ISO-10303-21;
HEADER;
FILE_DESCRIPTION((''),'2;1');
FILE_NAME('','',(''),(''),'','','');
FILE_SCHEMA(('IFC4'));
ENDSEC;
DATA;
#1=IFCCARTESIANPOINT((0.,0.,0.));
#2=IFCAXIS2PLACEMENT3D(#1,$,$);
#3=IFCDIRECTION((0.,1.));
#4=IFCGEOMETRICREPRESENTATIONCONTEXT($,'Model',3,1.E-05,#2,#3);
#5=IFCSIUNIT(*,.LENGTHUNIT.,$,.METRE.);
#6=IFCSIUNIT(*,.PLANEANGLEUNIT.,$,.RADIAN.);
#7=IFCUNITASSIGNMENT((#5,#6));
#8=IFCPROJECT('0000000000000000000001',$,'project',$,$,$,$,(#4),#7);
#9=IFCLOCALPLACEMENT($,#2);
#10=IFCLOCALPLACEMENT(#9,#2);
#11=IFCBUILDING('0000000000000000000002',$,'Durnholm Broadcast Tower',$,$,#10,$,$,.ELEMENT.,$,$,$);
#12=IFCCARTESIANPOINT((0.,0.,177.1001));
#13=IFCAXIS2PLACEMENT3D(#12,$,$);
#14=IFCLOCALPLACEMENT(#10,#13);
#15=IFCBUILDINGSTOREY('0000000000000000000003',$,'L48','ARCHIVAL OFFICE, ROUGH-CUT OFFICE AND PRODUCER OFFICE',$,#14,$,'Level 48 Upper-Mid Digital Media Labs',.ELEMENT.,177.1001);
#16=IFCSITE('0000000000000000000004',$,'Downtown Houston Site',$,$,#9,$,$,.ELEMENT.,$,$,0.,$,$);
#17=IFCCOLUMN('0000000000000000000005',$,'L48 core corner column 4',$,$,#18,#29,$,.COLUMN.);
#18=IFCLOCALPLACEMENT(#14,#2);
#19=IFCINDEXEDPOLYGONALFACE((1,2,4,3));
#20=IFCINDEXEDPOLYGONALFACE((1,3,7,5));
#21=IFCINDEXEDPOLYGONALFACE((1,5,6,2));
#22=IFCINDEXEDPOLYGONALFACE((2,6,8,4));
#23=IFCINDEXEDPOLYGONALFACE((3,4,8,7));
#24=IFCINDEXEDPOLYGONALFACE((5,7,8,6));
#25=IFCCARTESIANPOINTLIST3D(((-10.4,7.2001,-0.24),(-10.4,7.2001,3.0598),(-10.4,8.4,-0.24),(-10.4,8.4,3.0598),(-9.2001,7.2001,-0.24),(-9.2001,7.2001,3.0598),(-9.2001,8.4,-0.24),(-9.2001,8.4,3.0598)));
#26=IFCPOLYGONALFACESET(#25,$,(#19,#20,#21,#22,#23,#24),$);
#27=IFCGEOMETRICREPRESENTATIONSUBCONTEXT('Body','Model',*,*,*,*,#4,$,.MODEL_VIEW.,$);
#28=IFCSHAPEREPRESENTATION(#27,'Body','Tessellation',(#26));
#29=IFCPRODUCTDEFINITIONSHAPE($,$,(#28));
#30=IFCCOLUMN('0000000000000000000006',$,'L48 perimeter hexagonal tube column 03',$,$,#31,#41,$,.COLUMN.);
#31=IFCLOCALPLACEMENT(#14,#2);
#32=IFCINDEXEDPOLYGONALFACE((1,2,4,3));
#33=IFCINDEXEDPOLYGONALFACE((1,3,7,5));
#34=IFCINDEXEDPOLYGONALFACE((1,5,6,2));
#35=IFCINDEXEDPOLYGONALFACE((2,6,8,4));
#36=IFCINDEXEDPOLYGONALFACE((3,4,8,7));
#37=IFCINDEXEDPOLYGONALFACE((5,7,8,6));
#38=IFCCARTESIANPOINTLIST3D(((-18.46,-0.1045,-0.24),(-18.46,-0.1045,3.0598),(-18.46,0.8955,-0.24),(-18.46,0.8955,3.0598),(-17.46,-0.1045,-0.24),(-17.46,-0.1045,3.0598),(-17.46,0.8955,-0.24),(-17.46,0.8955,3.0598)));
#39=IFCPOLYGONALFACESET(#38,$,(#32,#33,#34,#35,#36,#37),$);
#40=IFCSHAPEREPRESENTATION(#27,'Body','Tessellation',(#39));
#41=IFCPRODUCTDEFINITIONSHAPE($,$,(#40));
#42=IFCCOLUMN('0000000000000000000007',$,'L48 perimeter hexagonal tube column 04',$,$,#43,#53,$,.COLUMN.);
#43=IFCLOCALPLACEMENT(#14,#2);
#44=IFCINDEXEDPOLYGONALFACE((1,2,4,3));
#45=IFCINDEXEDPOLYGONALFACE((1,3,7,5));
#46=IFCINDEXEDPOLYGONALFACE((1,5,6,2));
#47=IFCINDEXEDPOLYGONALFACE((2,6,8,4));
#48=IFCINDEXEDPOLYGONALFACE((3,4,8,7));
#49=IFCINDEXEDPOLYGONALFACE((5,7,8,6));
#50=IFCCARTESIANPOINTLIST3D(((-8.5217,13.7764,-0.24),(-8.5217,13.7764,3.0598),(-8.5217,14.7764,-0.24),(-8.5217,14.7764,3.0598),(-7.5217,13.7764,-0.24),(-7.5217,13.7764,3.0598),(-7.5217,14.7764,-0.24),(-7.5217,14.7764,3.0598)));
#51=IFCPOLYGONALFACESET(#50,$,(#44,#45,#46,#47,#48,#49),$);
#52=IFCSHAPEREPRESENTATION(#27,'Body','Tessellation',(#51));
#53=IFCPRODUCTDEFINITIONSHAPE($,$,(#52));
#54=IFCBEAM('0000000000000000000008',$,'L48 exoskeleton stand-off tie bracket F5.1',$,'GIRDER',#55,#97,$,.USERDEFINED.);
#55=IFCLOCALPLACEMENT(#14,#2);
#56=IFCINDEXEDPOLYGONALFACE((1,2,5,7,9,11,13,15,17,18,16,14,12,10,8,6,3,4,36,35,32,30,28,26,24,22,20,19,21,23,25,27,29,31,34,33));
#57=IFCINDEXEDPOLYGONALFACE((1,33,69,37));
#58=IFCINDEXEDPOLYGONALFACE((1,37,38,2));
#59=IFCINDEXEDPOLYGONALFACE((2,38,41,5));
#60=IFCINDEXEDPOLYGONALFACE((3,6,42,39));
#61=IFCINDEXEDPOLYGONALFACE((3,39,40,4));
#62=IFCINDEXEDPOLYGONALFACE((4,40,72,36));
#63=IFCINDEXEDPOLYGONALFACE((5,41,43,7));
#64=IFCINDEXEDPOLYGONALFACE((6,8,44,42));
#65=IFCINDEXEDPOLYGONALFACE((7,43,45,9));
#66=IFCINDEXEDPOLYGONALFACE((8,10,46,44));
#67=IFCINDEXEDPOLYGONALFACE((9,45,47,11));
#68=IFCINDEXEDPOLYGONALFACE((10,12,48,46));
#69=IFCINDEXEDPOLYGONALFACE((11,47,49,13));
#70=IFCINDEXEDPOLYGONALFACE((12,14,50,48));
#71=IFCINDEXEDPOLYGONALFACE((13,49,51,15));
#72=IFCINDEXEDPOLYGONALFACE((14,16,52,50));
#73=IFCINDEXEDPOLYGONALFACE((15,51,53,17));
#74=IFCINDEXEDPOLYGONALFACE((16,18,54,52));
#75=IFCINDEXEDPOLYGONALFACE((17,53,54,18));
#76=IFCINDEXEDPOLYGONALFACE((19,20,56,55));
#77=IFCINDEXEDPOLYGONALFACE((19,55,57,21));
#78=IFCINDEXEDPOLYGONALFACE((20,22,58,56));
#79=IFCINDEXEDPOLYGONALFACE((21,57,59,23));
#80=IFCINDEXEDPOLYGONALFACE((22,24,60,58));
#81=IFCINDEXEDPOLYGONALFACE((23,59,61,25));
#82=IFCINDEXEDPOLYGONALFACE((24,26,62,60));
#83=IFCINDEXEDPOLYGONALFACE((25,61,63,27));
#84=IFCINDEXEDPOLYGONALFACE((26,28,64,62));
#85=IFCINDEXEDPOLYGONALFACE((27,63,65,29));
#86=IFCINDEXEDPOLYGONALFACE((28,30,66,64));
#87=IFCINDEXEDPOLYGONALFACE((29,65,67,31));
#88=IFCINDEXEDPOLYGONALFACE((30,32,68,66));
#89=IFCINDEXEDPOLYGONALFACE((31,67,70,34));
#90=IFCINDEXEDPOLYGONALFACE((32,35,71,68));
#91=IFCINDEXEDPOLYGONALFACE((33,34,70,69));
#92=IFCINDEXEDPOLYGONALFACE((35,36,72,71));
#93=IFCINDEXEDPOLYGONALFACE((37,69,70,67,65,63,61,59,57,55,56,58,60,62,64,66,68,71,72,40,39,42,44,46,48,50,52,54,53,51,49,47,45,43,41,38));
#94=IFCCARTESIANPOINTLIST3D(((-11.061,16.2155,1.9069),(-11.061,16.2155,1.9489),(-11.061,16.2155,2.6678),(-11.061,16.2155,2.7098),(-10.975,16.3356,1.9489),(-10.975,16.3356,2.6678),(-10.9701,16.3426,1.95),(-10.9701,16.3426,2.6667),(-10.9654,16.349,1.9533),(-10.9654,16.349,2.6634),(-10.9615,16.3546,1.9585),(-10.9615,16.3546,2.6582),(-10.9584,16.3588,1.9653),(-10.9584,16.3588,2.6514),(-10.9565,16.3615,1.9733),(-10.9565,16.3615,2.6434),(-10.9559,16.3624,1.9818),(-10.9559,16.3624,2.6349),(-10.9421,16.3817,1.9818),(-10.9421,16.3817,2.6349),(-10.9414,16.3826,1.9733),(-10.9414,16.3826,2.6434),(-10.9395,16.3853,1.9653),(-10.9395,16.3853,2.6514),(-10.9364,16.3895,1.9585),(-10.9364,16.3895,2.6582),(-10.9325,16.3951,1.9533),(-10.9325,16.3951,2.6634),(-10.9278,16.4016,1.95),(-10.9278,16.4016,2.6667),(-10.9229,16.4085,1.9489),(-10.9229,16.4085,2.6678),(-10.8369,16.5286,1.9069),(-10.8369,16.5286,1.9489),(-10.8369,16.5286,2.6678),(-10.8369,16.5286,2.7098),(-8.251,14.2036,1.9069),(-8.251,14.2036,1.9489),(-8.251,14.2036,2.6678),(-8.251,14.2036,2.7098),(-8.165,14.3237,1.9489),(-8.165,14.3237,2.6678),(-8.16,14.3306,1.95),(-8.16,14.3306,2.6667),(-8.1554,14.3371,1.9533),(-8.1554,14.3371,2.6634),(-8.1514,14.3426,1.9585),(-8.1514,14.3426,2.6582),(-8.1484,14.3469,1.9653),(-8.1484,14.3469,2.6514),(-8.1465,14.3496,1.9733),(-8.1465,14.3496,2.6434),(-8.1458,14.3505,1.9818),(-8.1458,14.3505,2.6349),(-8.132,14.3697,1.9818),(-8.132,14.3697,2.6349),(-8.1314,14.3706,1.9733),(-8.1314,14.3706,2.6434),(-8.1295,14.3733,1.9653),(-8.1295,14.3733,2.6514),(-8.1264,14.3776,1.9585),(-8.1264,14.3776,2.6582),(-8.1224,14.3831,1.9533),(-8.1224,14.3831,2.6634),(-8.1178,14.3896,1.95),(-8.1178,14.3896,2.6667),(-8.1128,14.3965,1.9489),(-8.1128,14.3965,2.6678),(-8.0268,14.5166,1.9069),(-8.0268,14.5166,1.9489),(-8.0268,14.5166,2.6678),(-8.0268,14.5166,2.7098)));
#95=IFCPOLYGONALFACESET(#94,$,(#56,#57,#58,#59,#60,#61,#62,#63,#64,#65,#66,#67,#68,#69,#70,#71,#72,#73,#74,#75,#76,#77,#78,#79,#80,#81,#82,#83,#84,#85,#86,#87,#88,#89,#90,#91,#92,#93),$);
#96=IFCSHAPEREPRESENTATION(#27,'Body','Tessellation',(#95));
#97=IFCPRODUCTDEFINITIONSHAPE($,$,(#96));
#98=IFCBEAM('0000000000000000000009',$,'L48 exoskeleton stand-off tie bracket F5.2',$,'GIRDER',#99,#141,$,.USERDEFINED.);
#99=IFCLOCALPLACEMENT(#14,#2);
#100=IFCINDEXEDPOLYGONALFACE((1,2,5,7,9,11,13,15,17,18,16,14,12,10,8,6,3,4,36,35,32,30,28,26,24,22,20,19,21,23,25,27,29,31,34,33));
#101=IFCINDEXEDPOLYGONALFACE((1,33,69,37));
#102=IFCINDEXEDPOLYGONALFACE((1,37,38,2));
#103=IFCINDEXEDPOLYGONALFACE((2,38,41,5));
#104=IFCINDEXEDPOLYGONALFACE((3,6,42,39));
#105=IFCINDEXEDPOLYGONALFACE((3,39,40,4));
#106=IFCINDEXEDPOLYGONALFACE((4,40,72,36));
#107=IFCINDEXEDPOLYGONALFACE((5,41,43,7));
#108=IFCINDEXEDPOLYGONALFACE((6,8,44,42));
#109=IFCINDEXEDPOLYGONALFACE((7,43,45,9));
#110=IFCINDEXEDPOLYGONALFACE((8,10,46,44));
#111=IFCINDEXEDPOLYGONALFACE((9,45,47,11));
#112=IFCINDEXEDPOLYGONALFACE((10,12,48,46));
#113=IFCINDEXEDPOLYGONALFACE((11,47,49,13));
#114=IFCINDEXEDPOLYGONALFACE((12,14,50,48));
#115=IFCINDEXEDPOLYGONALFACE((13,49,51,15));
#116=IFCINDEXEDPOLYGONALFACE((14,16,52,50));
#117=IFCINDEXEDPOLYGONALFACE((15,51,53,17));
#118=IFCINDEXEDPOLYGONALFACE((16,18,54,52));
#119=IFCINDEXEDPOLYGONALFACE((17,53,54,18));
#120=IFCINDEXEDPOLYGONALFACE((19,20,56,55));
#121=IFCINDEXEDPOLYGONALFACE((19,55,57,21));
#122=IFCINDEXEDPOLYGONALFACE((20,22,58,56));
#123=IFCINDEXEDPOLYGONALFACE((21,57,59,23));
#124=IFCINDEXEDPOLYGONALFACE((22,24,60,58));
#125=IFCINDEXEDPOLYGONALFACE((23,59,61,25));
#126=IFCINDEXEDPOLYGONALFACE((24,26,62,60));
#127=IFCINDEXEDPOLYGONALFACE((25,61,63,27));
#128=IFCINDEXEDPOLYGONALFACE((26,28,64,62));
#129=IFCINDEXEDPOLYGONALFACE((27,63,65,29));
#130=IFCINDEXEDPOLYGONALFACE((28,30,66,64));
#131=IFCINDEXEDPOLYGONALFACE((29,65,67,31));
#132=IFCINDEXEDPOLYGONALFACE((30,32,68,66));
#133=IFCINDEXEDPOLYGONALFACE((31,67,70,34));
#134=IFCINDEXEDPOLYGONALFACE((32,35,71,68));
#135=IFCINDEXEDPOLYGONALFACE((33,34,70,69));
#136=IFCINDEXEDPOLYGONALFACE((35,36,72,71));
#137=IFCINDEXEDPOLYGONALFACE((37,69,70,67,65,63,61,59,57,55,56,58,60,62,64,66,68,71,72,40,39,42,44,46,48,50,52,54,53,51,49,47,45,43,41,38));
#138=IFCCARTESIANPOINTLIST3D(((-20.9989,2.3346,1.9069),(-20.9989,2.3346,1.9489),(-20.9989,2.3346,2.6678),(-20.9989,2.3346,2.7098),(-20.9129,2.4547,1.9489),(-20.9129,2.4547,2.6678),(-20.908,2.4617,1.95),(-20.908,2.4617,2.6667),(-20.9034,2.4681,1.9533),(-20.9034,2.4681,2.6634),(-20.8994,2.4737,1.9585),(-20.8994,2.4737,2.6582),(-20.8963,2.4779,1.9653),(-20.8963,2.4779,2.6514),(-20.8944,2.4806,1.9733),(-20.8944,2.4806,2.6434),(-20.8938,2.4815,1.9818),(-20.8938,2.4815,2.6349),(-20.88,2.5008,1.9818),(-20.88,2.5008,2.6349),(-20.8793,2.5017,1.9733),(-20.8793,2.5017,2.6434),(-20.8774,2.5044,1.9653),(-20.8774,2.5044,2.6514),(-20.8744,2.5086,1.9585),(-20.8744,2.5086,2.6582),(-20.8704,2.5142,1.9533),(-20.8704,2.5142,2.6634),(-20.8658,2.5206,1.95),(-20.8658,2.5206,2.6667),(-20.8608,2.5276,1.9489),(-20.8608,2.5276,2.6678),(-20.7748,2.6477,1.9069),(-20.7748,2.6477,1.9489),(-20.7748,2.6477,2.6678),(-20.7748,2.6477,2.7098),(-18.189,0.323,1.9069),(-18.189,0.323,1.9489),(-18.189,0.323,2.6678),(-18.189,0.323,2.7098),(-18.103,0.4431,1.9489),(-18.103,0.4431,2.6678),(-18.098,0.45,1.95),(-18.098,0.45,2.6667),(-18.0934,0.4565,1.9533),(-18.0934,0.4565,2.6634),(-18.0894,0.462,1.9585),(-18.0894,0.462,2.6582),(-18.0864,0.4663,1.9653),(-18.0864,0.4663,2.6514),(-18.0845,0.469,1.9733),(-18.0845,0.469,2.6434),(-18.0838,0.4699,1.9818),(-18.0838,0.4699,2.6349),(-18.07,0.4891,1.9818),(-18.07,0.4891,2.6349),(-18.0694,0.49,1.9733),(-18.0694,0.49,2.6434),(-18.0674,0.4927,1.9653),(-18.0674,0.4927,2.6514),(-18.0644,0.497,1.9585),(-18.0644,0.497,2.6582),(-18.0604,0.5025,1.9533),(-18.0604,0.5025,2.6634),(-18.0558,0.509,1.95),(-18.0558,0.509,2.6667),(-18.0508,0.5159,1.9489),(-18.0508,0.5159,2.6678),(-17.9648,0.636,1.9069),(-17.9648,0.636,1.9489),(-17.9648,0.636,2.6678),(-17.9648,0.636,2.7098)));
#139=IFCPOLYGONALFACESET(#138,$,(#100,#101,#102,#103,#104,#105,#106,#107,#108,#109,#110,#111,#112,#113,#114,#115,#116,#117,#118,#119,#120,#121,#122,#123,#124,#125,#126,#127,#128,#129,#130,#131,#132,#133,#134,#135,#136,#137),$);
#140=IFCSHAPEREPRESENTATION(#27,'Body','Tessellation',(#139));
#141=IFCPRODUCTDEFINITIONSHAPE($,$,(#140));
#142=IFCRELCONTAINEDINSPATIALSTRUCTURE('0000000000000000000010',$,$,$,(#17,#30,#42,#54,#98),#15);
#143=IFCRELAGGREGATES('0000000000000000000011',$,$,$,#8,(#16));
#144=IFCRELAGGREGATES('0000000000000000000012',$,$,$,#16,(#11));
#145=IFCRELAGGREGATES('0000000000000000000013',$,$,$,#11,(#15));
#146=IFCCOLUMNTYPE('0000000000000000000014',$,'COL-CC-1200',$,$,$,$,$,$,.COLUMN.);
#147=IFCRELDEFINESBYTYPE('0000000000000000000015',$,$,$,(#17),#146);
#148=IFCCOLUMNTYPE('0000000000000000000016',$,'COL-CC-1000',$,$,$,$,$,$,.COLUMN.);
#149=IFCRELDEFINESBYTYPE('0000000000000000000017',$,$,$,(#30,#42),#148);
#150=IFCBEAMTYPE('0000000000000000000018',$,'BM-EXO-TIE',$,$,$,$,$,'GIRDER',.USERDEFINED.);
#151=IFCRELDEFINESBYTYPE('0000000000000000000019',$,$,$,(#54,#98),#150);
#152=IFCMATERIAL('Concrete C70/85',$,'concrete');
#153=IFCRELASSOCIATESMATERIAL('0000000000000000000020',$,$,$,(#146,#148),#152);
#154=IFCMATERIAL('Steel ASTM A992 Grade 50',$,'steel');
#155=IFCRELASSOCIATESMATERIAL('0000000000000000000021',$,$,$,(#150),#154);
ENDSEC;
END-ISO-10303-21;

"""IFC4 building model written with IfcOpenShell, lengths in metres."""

from ifc_helpers import new_model, si_unit, direction, frame, origin, origin_2d, place, context, subcontext, project, spatial, rectangle, i_section, extrude, source, transform, mapped, material, material_profile, profile_set, type_object, type_shapes, element, save


model = new_model("IFC4")

# Units and contexts
model_context = context("Model", 3, precision=1e-05, world=origin(), true_north=direction((0.0, 1.0)))
body_context = subcontext(model_context, "Body", "Model", "MODEL_VIEW")
ifc_project = project(units=[si_unit("LENGTHUNIT", "METRE"), si_unit("PLANEANGLEUNIT", "RADIAN")], contexts=[model_context])

# Site, building, storey
site_placement = place(None, origin())
site = spatial("IfcSite", under=ifc_project, at=site_placement, Name="Downtown Houston Site", CompositionType="ELEMENT", RefElevation=0.0)
building_placement = place(site_placement, origin())
building = spatial("IfcBuilding", under=site, at=building_placement, Name="Durnholm Broadcast Tower", CompositionType="ELEMENT")
storey_placement = place(building_placement, frame((0.0, 0.0, 177.1001)))
storey = spatial("IfcBuildingStorey", under=building, at=storey_placement, Name="L48", Description="ARCHIVAL OFFICE, ROUGH-CUT OFFICE AND PRODUCER OFFICE", LongName="Level 48 Upper-Mid Digital Media Labs", CompositionType="ELEMENT", Elevation=177.1001)

# Columns
ifc_material_1 = material(Name="Concrete C70/85", Category="concrete")
ifc_material_profile_1 = material_profile(ifc_material_1, rectangle(XDim=1.2, YDim=1.2, at=origin_2d()), Name="RC1200X1200")
ifc_profile_set_1 = profile_set([ifc_material_profile_1], Name="Concrete C70/85")
column_type_1 = type_object("IfcColumnType", Name="COL-CC-1200", PredefinedType="COLUMN", material=ifc_profile_set_1)
shared_shape_1 = source(origin(), body_context, "Body", "SweptSolid", [
    extrude(rectangle(XDim=1.2, YDim=1.2, at=origin_2d()), origin(), (0.0, 0.0, 1.0), 3.2998),
])
type_shapes(column_type_1, [shared_shape_1])
column_placement = place(storey_placement, frame((-9.8, 7.8, -0.24), z_axis=(0.0, 0.0, 1.0), x_axis=(1.0, 0.0, 0.0)))
element("IfcColumn", 1, at=column_placement, inside=storey, type_object=column_type_1, Name="L48 core corner column 4", PredefinedType="COLUMN", context=body_context, shape_type="MappedRepresentation", body=[
    mapped(shared_shape_1, transform((0.0, 0.0, 0.0), x_axis=(1.0, 0.0, 0.0), y_axis=(0.0, 1.0, 0.0), z_axis=(0.0, 0.0, 1.0), scale=1.0)),
])
ifc_material_profile_2 = material_profile(ifc_material_1, rectangle(XDim=1.0, YDim=1.0, at=origin_2d()), Name="RC1000X1000")
ifc_profile_set_2 = profile_set([ifc_material_profile_2], Name="Concrete C70/85")
column_type_2 = type_object("IfcColumnType", Name="COL-CC-1000", PredefinedType="COLUMN", material=ifc_profile_set_2)
shared_shape_2 = source(origin(), body_context, "Body", "SweptSolid", [
    extrude(rectangle(XDim=1.0, YDim=1.0, at=origin_2d()), origin(), (0.0, 0.0, 1.0), 3.2998),
])
type_shapes(column_type_2, [shared_shape_2])
for number, where, z_axis, x_axis, name in (
    (2, (-17.96, 0.3955, -0.24), (0.0, 0.0, 1.0), (1.0, 0.0, 0.0), "L48 perimeter hexagonal tube column 03"),
    (3, (-8.0217, 14.2764, -0.24), (0.0, 0.0, 1.0), (1.0, 0.0, 0.0), "L48 perimeter hexagonal tube column 04"),
):
    element("IfcColumn", number, at=place(storey_placement, frame(where, z_axis=z_axis, x_axis=x_axis)), inside=storey, type_object=column_type_2, Name=name, PredefinedType="COLUMN", context=body_context, shape_type="MappedRepresentation", body=[
        mapped(shared_shape_2, transform((0.0, 0.0, 0.0), x_axis=(1.0, 0.0, 0.0), y_axis=(0.0, 1.0, 0.0), z_axis=(0.0, 0.0, 1.0), scale=1.0)),
    ])

# Beams
ifc_material_2 = material(Name="Steel ASTM A992 Grade 50", Category="steel")
ifc_material_profile_3 = material_profile(ifc_material_2, i_section(OverallWidth=0.385, OverallDepth=0.803, WebThickness=0.0237, FlangeThickness=0.042, FilletRadius=0.033, at=origin_2d()), Name="W30X261")
ifc_profile_set_3 = profile_set([ifc_material_profile_3], Name="Steel ASTM A992 Grade 50")
beam_type_1 = type_object("IfcBeamType", Name="BM-EXO-TIE", ElementType="GIRDER", PredefinedType="USERDEFINED", material=ifc_profile_set_3)
shared_shape_3 = source(origin(), body_context, "Body", "SweptSolid", [
    extrude(i_section(OverallWidth=0.385, OverallDepth=0.803, WebThickness=0.0237, FlangeThickness=0.042, FilletRadius=0.033, at=origin_2d()), origin(), (0.0, 0.0, 1.0), 3.4561),
])
beam_1_placement = place(storey_placement, frame((-8.1389, 14.3601, 2.3083), z_axis=(-0.813079, 0.582153, 0.0), x_axis=(-0.582153, -0.813079, 0.0)))
element("IfcBeam", 4, at=beam_1_placement, inside=storey, type_object=beam_type_1, Name="L48 exoskeleton stand-off tie bracket F5.1", ObjectType="GIRDER", PredefinedType="USERDEFINED", context=body_context, shape_type="MappedRepresentation", body=[
    mapped(shared_shape_3, transform((0.0, 0.0, 0.0), x_axis=(1.0, 0.0, 0.0), y_axis=(0.0, 1.0, 0.0), z_axis=(0.0, 0.0, 1.0), scale=1.0)),
])
shared_shape_4 = source(origin(), body_context, "Body", "SweptSolid", [
    extrude(i_section(OverallWidth=0.385, OverallDepth=0.803, WebThickness=0.0237, FlangeThickness=0.042, FilletRadius=0.033, at=origin_2d()), origin(), (0.0, 0.0, 1.0), 3.4558),
])
beam_2_placement = place(storey_placement, frame((-18.0769, 0.4795, 2.3083), z_axis=(-0.813112, 0.582107, 0.0), x_axis=(-0.582107, -0.813112, 0.0)))
element("IfcBeam", 5, at=beam_2_placement, inside=storey, type_object=beam_type_1, Name="L48 exoskeleton stand-off tie bracket F5.2", ObjectType="GIRDER", PredefinedType="USERDEFINED", context=body_context, shape_type="MappedRepresentation", body=[
    mapped(shared_shape_4, transform((0.0, 0.0, 0.0), x_axis=(1.0, 0.0, 0.0), y_axis=(0.0, 1.0, 0.0), z_axis=(0.0, 0.0, 1.0), scale=1.0)),
])

save(model, "model.ifc")
